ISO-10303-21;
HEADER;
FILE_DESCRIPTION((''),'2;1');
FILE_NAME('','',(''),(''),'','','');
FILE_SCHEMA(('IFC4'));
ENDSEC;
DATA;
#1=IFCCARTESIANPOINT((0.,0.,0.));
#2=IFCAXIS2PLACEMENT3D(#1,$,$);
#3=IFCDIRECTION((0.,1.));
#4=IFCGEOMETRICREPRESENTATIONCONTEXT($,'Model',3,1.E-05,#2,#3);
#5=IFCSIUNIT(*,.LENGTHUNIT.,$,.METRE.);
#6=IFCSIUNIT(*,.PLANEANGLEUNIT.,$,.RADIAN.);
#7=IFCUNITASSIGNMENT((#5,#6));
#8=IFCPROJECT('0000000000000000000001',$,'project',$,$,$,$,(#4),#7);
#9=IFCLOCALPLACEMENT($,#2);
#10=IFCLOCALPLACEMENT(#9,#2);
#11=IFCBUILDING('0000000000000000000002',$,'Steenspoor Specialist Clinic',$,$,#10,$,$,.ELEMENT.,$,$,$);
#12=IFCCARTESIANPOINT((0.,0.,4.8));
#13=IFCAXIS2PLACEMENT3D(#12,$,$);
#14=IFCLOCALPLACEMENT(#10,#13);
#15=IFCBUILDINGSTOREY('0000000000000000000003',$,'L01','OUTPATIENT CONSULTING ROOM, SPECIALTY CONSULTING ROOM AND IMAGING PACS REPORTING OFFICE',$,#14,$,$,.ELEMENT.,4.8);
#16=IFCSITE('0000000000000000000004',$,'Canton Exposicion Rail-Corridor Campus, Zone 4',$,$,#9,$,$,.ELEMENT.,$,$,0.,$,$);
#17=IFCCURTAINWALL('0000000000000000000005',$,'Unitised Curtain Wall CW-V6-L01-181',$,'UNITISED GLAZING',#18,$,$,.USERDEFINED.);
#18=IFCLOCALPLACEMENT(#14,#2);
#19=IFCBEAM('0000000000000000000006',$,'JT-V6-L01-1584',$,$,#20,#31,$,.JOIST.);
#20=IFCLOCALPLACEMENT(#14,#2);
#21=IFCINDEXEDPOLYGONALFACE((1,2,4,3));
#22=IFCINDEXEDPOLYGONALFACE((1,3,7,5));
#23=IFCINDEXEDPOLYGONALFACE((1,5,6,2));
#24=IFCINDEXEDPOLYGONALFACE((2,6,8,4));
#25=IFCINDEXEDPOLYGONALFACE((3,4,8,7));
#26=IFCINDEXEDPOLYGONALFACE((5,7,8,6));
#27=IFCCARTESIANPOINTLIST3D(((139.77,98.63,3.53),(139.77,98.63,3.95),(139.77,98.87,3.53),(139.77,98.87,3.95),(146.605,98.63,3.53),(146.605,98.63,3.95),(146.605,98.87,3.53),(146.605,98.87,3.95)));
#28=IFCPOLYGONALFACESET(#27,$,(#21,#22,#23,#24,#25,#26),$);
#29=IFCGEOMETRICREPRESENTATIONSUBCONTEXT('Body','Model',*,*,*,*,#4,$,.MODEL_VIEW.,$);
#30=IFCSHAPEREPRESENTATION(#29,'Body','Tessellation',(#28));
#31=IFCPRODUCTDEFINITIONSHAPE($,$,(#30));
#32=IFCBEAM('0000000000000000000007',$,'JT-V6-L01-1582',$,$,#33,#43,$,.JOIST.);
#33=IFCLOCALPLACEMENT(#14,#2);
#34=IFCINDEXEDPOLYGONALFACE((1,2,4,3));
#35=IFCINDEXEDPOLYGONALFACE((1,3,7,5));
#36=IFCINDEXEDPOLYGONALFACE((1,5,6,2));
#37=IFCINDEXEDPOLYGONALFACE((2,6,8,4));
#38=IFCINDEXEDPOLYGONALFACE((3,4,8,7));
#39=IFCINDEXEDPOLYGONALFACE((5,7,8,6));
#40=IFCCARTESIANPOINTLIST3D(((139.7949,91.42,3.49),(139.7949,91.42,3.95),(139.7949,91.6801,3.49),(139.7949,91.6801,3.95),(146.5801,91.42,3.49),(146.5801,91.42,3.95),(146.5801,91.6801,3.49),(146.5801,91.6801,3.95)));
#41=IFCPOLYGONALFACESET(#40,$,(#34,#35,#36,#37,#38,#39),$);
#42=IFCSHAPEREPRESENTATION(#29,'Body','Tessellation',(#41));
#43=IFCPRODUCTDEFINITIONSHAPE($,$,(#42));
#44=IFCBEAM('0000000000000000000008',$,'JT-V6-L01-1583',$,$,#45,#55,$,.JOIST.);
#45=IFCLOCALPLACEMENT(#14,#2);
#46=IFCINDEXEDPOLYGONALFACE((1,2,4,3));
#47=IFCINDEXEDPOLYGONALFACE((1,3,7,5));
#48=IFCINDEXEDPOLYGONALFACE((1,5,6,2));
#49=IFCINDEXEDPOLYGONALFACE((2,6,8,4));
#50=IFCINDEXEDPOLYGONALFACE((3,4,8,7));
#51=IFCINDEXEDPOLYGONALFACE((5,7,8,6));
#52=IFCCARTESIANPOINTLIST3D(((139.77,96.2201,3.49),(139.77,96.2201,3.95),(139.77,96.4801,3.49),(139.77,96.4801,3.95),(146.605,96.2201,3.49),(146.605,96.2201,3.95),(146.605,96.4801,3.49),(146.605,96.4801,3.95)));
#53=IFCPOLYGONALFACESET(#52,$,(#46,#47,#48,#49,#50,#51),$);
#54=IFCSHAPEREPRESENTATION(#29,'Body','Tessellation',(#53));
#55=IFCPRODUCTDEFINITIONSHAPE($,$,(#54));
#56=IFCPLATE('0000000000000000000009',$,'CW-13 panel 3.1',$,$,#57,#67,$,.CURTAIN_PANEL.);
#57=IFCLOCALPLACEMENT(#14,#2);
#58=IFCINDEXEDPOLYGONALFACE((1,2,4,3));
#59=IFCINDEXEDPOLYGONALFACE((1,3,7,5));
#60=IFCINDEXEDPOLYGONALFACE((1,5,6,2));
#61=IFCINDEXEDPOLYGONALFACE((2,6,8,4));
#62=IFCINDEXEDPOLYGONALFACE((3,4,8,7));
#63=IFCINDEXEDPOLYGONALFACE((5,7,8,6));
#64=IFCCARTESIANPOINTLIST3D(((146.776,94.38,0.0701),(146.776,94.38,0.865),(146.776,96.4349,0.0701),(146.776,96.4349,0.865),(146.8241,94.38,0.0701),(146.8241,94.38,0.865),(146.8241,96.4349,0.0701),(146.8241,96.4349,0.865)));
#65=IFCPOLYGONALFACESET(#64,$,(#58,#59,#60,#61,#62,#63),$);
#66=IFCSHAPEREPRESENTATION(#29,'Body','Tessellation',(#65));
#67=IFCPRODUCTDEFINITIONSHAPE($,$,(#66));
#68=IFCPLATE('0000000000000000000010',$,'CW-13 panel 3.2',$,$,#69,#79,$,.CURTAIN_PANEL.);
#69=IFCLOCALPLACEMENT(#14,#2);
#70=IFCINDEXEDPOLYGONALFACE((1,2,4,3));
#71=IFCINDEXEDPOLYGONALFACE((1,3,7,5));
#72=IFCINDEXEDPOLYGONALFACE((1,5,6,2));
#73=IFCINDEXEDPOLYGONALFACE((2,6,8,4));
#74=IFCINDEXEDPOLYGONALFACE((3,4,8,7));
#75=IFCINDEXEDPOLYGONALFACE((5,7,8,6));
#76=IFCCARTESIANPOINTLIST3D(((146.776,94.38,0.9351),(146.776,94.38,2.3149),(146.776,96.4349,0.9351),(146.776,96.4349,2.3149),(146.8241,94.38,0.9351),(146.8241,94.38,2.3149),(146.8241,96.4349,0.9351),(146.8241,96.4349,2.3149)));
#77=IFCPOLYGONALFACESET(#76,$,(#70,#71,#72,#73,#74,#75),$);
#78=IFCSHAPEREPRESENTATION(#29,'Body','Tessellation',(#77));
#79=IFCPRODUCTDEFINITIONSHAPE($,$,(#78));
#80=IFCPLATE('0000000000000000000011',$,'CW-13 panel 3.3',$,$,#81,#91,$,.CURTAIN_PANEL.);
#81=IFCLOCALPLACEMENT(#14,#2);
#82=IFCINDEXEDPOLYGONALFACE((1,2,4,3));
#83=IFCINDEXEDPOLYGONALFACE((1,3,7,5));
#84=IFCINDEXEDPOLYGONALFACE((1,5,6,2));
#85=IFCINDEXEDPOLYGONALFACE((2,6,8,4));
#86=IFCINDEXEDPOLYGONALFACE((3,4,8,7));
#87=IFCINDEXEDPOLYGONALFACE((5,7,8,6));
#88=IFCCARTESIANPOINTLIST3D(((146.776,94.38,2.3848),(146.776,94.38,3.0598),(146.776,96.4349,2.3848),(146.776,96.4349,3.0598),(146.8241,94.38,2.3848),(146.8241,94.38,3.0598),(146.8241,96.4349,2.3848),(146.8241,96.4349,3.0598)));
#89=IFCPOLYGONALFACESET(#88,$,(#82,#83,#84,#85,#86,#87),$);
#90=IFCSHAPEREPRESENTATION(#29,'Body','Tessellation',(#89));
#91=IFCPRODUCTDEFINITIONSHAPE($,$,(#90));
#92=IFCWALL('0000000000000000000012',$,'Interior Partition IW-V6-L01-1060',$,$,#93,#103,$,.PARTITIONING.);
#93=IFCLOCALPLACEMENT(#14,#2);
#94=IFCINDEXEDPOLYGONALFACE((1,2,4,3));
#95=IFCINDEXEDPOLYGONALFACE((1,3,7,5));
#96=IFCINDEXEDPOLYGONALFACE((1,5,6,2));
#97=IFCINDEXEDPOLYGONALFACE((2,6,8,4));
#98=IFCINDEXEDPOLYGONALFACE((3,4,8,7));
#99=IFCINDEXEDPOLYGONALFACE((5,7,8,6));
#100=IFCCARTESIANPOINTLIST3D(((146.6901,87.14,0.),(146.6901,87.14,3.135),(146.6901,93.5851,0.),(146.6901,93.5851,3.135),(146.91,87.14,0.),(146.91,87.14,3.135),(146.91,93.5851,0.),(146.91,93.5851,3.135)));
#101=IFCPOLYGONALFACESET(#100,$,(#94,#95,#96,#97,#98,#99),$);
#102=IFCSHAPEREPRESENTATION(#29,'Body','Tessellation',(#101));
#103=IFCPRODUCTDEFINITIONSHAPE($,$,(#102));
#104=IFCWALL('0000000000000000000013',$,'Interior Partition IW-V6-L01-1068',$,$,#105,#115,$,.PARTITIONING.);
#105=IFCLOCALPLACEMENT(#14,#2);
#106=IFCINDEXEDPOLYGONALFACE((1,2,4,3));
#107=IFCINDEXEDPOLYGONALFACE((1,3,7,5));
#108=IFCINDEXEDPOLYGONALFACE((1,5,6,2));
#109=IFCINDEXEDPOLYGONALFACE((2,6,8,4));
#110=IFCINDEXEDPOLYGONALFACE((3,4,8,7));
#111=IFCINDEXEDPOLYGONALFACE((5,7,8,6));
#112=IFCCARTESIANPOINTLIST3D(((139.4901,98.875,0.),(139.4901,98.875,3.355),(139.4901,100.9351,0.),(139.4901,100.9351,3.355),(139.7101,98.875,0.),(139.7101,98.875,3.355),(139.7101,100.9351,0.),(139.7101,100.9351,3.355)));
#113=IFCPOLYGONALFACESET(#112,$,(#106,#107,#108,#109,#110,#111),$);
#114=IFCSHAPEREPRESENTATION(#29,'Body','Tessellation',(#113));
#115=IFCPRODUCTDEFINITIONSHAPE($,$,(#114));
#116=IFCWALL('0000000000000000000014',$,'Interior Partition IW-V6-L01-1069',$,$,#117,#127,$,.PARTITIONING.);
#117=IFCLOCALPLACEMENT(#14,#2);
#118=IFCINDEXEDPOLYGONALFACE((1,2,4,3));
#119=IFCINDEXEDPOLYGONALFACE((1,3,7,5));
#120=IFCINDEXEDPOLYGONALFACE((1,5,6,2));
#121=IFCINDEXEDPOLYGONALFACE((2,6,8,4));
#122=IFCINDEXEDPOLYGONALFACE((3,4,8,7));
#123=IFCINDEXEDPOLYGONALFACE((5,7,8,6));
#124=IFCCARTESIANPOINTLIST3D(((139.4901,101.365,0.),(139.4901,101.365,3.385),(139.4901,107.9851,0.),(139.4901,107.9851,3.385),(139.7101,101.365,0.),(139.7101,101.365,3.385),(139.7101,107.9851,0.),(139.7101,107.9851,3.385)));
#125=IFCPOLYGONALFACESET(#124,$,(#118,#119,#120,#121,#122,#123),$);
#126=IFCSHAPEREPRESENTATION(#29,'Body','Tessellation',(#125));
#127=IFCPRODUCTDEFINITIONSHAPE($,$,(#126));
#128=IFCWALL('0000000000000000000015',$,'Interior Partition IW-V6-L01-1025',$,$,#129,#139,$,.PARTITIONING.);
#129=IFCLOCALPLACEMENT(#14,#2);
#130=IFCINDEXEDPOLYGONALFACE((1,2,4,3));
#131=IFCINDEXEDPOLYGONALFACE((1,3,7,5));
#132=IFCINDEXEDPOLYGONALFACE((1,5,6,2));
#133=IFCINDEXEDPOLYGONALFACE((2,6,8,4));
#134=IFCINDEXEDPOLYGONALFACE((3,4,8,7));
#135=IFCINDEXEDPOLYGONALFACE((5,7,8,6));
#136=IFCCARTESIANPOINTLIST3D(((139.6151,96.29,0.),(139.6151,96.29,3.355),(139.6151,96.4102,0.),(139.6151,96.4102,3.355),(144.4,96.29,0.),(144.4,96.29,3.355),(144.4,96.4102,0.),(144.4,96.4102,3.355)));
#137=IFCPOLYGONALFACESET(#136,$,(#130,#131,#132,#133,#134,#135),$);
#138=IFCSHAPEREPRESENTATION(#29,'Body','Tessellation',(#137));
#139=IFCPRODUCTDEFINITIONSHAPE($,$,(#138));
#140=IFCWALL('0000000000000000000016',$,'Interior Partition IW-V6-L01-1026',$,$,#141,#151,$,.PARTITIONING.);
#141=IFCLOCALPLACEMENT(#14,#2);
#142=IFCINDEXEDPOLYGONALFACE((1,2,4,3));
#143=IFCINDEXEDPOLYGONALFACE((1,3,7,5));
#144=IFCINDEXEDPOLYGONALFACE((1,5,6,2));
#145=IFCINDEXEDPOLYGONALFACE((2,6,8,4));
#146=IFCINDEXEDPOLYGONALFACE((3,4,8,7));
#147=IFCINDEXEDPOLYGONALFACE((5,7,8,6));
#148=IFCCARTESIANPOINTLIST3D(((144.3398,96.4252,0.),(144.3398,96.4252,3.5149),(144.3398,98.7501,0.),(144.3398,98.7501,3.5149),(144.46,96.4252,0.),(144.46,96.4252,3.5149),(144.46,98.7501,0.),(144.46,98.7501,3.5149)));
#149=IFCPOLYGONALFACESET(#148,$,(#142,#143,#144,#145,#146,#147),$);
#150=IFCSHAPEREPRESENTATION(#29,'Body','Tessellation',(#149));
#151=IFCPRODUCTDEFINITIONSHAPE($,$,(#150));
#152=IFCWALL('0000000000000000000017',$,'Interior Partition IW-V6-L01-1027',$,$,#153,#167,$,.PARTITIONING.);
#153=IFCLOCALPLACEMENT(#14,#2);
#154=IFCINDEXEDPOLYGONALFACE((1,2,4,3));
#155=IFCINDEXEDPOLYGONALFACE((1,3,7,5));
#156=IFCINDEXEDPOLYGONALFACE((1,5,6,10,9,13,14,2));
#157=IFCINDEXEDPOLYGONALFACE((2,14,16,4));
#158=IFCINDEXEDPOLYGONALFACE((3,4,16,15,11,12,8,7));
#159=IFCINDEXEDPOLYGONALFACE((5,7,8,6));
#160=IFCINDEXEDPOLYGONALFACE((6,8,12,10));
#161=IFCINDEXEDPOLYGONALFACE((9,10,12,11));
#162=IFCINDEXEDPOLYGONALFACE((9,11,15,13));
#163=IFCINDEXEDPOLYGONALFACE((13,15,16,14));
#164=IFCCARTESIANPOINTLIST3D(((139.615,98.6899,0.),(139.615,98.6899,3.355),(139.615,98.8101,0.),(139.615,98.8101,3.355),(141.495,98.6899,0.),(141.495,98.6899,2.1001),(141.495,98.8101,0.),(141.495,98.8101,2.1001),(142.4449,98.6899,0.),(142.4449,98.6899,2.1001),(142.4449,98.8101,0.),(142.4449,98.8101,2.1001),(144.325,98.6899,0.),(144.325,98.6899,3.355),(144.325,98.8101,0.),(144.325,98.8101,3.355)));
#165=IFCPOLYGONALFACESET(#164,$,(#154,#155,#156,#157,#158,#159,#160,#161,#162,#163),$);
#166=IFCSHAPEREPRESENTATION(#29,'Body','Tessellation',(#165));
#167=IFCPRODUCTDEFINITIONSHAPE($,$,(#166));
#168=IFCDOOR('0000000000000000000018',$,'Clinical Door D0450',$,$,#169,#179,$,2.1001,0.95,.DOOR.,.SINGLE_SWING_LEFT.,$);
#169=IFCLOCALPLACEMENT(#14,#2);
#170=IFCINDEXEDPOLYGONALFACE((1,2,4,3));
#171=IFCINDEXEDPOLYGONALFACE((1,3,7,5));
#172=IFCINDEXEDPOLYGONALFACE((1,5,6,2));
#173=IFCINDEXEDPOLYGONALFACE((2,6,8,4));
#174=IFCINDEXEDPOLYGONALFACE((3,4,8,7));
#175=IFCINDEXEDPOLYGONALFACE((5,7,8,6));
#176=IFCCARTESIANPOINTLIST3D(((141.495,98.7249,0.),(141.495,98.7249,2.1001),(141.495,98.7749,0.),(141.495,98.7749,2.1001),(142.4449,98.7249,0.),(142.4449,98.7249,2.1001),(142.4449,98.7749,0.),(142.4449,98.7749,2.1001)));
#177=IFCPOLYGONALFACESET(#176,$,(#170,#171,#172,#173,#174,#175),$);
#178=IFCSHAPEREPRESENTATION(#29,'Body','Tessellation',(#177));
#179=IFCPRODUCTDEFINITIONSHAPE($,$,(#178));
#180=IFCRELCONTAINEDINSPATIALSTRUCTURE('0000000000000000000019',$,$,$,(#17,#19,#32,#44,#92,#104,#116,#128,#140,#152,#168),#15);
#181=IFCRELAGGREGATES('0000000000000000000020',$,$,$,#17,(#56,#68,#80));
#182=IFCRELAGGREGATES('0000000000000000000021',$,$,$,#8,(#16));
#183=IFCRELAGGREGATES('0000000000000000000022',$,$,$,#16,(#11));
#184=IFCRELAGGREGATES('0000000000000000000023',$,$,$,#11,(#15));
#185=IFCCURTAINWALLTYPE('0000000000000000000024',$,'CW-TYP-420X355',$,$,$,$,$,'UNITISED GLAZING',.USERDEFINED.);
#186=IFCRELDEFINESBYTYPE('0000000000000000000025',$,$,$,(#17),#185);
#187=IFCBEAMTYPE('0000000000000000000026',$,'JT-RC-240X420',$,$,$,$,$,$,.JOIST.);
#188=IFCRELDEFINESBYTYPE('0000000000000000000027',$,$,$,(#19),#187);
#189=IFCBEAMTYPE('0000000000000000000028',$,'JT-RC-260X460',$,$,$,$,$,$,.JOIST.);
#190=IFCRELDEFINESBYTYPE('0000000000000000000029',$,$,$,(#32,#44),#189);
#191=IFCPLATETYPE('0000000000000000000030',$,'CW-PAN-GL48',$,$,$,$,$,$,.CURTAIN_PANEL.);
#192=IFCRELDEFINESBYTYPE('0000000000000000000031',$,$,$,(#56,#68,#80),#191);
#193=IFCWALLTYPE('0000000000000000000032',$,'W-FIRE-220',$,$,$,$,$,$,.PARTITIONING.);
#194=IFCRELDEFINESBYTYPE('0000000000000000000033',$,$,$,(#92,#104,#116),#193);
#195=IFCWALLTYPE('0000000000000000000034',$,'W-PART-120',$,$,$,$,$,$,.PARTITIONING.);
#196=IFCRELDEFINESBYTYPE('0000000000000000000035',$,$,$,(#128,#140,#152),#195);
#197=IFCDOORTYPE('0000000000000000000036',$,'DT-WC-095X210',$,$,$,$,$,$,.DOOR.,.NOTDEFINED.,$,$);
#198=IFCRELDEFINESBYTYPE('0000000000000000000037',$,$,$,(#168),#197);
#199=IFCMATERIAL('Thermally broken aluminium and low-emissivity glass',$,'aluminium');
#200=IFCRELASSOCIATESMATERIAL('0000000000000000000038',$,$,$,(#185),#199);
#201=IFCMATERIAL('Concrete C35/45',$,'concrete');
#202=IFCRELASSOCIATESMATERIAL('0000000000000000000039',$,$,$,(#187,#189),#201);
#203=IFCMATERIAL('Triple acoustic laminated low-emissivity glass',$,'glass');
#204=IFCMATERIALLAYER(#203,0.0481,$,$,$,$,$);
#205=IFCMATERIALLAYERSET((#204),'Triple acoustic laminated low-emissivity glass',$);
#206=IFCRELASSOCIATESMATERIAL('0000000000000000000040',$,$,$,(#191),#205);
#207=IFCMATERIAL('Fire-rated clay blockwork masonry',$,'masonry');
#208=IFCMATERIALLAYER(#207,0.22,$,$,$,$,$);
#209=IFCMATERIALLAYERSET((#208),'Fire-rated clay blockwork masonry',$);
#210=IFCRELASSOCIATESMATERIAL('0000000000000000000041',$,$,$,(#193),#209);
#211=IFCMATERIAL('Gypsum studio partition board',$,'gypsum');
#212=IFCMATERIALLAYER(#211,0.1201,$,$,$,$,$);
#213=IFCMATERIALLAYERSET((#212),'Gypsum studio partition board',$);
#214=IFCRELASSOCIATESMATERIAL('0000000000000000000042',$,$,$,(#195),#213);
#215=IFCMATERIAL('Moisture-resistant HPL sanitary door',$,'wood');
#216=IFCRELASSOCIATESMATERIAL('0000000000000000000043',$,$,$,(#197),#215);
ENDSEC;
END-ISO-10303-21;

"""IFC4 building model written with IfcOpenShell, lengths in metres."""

from ifc_helpers import new_model, si_unit, direction, frame, frame_2d, origin, origin_2d, place, context, subcontext, project, spatial, rectangle, extrude, material, layer, layer_set, material_profile, profile_set, type_object, element, fill, aggregate, save


model = new_model("IFC4")

# Units and contexts
model_context = context("Model", 3, precision=1e-05, world=origin(), true_north=direction((0.0, 1.0)))
body_context = subcontext(model_context, "Body", "Model", "MODEL_VIEW")
ifc_project = project(units=[si_unit("LENGTHUNIT", "METRE"), si_unit("PLANEANGLEUNIT", "RADIAN")], contexts=[model_context])

# Site, building, storey
site_placement = place(None, origin())
site = spatial("IfcSite", under=ifc_project, at=site_placement, Name="Canton Exposicion Rail-Corridor Campus, Zone 4", CompositionType="ELEMENT", RefElevation=0.0)
building_placement = place(site_placement, origin())
building = spatial("IfcBuilding", under=site, at=building_placement, Name="Steenspoor Specialist Clinic", CompositionType="ELEMENT")
storey_placement = place(building_placement, frame((0.0, 0.0, 4.8)))
storey = spatial("IfcBuildingStorey", under=building, at=storey_placement, Name="L01", Description="OUTPATIENT CONSULTING ROOM, SPECIALTY CONSULTING ROOM AND IMAGING PACS REPORTING OFFICE", CompositionType="ELEMENT", Elevation=4.8)

# Shared definitions
ifc_material_1 = material(Name="Concrete C35/45", Category="concrete")

# Curtain wall
ifc_material_2 = material(Name="Thermally broken aluminium and low-emissivity glass", Category="aluminium")
curtain_wall_type = type_object("IfcCurtainWallType", Name="CW-TYP-420X355", ElementType="UNITISED GLAZING", PredefinedType="USERDEFINED", material=ifc_material_2)
curtain_wall_placement = place(storey_placement, origin())
curtain_wall = element("IfcCurtainWall", 1, at=curtain_wall_placement, inside=storey, type_object=curtain_wall_type, Name="Unitised Curtain Wall CW-V6-L01-181", ObjectType="UNITISED GLAZING", PredefinedType="USERDEFINED")

# Beams
ifc_material_profile_1 = material_profile(ifc_material_1, rectangle(XDim=0.24, YDim=0.4199, at=origin_2d()), Name="RC-JT-240X420")
ifc_profile_set_1 = profile_set([ifc_material_profile_1], Name="Concrete C35/45")
beam_type_1 = type_object("IfcBeamType", Name="JT-RC-240X420", PredefinedType="JOIST", material=ifc_profile_set_1)
beam_1_placement = place(storey_placement, frame((139.77, 98.75, 3.74), z_axis=(1.0, 0.0, 0.0), x_axis=(0.0, 1.0, 0.0)))
element("IfcBeam", 2, at=beam_1_placement, inside=storey, type_object=beam_type_1, Name="JT-V6-L01-1584", PredefinedType="JOIST", context=body_context, shape_type="SweptSolid", body=[
    extrude(rectangle(XDim=0.24, YDim=0.4199, at=origin_2d()), origin(), (0.0, 0.0, 1.0), 6.835),
])
ifc_material_profile_2 = material_profile(ifc_material_1, rectangle(XDim=0.26, YDim=0.46, at=origin_2d()), Name="RC-JT-260X460")
ifc_profile_set_2 = profile_set([ifc_material_profile_2], Name="Concrete C35/45")
beam_type_2 = type_object("IfcBeamType", Name="JT-RC-260X460", PredefinedType="JOIST", material=ifc_profile_set_2)
beam_2_placement = place(storey_placement, frame((139.7949, 91.55, 3.72), z_axis=(1.0, 0.0, 0.0), x_axis=(0.0, 1.0, 0.0)))
element("IfcBeam", 3, at=beam_2_placement, inside=storey, type_object=beam_type_2, Name="JT-V6-L01-1582", PredefinedType="JOIST", context=body_context, shape_type="SweptSolid", body=[
    extrude(rectangle(XDim=0.26, YDim=0.46, at=origin_2d()), origin(), (0.0, 0.0, 1.0), 6.7852),
])
beam_3_placement = place(storey_placement, frame((139.77, 96.3501, 3.72), z_axis=(1.0, 0.0, 0.0), x_axis=(0.0, 1.0, 0.0)))
element("IfcBeam", 4, at=beam_3_placement, inside=storey, type_object=beam_type_2, Name="JT-V6-L01-1583", PredefinedType="JOIST", context=body_context, shape_type="SweptSolid", body=[
    extrude(rectangle(XDim=0.26, YDim=0.46, at=origin_2d()), origin(), (0.0, 0.0, 1.0), 6.835),
])

# Plates
ifc_material_3 = material(Name="Triple acoustic laminated low-emissivity glass", Category="glass")
ifc_layer_1 = layer(ifc_material_3, 0.0481)
ifc_layer_set_1 = layer_set([ifc_layer_1], Name="Triple acoustic laminated low-emissivity glass")
plate_type = type_object("IfcPlateType", Name="CW-PAN-GL48", PredefinedType="CURTAIN_PANEL", material=ifc_layer_set_1)
plate_1_placement = place(storey_placement, frame((146.8, 95.4075, 0.0701), z_axis=(0.0, 0.0, 1.0), x_axis=(0.0, -1.0, 0.0)))
plate_1 = element("IfcPlate", 5, at=plate_1_placement, type_object=plate_type, Name="CW-13 panel 3.1", PredefinedType="CURTAIN_PANEL", context=body_context, shape_type="SweptSolid", body=[
    extrude(rectangle(XDim=2.0549, YDim=0.0481, at=origin_2d()), origin(), (0.0, 0.0, 1.0), 0.7949),
])
plate_2_placement = place(storey_placement, frame((146.8, 95.4075, 0.9351), z_axis=(0.0, 0.0, 1.0), x_axis=(0.0, -1.0, 0.0)))
plate_2 = element("IfcPlate", 6, at=plate_2_placement, type_object=plate_type, Name="CW-13 panel 3.2", PredefinedType="CURTAIN_PANEL", context=body_context, shape_type="SweptSolid", body=[
    extrude(rectangle(XDim=2.0549, YDim=0.0481, at=origin_2d()), origin(), (0.0, 0.0, 1.0), 1.3799),
])
plate_3_placement = place(storey_placement, frame((146.8, 95.4075, 2.3848), z_axis=(0.0, 0.0, 1.0), x_axis=(0.0, -1.0, 0.0)))
plate_3 = element("IfcPlate", 7, at=plate_3_placement, type_object=plate_type, Name="CW-13 panel 3.3", PredefinedType="CURTAIN_PANEL", context=body_context, shape_type="SweptSolid", body=[
    extrude(rectangle(XDim=2.0549, YDim=0.0481, at=origin_2d()), origin(), (0.0, 0.0, 1.0), 0.675),
])
aggregate(curtain_wall, [plate_1, plate_2, plate_3])

# Walls
ifc_material_4 = material(Name="Fire-rated clay blockwork masonry", Category="masonry")
ifc_layer_2 = layer(ifc_material_4, 0.22)
ifc_layer_set_2 = layer_set([ifc_layer_2], Name="Fire-rated clay blockwork masonry")
wall_type_1 = type_object("IfcWallType", Name="W-FIRE-220", PredefinedType="PARTITIONING", material=ifc_layer_set_2)
wall_1_placement = place(storey_placement, frame((146.8, 87.1399, 0.0), z_axis=(0.0, 0.0, 1.0), x_axis=(0.0, 1.0, 0.0)))
element("IfcWall", 8, at=wall_1_placement, inside=storey, type_object=wall_type_1, Name="Interior Partition IW-V6-L01-1060", PredefinedType="PARTITIONING", context=body_context, shape_type="SweptSolid", body=[
    extrude(rectangle(XDim=6.4451, YDim=0.22, at=frame_2d((3.2227, 0.0))), origin(), (0.0, 0.0, 1.0), 3.135),
])
wall_2_placement = place(storey_placement, frame((139.6001, 98.875, 0.0), z_axis=(0.0, 0.0, 1.0), x_axis=(0.0, 1.0, 0.0)))
element("IfcWall", 9, at=wall_2_placement, inside=storey, type_object=wall_type_1, Name="Interior Partition IW-V6-L01-1068", PredefinedType="PARTITIONING", context=body_context, shape_type="SweptSolid", body=[
    extrude(rectangle(XDim=2.0601, YDim=0.22, at=frame_2d((1.03, 0.0))), origin(), (0.0, 0.0, 1.0), 3.355),
])
wall_3_placement = place(storey_placement, frame((139.6001, 101.365, 0.0), z_axis=(0.0, 0.0, 1.0), x_axis=(0.0, 1.0, 0.0)))
element("IfcWall", 10, at=wall_3_placement, inside=storey, type_object=wall_type_1, Name="Interior Partition IW-V6-L01-1069", PredefinedType="PARTITIONING", context=body_context, shape_type="SweptSolid", body=[
    extrude(rectangle(XDim=6.6201, YDim=0.22, at=frame_2d((3.3101, 0.0))), origin(), (0.0, 0.0, 1.0), 3.385),
])
ifc_material_5 = material(Name="Gypsum studio partition board", Category="gypsum")
ifc_layer_3 = layer(ifc_material_5, 0.1201)
ifc_layer_set_3 = layer_set([ifc_layer_3], Name="Gypsum studio partition board")
wall_type_2 = type_object("IfcWallType", Name="W-PART-120", PredefinedType="PARTITIONING", material=ifc_layer_set_3)
wall_4_placement = place(storey_placement, frame((139.615, 96.3501, 0.0), z_axis=(0.0, 0.0, 1.0), x_axis=(1.0, 0.0, 0.0)))
element("IfcWall", 11, at=wall_4_placement, inside=storey, type_object=wall_type_2, Name="Interior Partition IW-V6-L01-1025", PredefinedType="PARTITIONING", context=body_context, shape_type="SweptSolid", body=[
    extrude(rectangle(XDim=4.7849, YDim=0.1201, at=frame_2d((2.3926, 0.0))), origin(), (0.0, 0.0, 1.0), 3.355),
])
wall_5_placement = place(storey_placement, frame((144.3999, 96.425, 0.0), z_axis=(0.0, 0.0, 1.0), x_axis=(0.0, 1.0, 0.0)))
element("IfcWall", 12, at=wall_5_placement, inside=storey, type_object=wall_type_2, Name="Interior Partition IW-V6-L01-1026", PredefinedType="PARTITIONING", context=body_context, shape_type="SweptSolid", body=[
    extrude(rectangle(XDim=2.325, YDim=0.1201, at=frame_2d((1.1626, 0.0))), origin(), (0.0, 0.0, 1.0), 3.5149),
])

# Wall, opening, door
wall_6_placement = place(storey_placement, frame((139.615, 98.75, 0.0), z_axis=(0.0, 0.0, 1.0), x_axis=(1.0, 0.0, 0.0)))
wall_6 = element("IfcWall", 13, at=wall_6_placement, inside=storey, type_object=wall_type_2, Name="Interior Partition IW-V6-L01-1027", PredefinedType="PARTITIONING", context=body_context, shape_type="SweptSolid", body=[
    extrude(rectangle(XDim=4.71, YDim=0.1201, at=frame_2d((2.355, 0.0))), origin(), (0.0, 0.0, 1.0), 3.355),
])
opening_placement = place(wall_6_placement, frame((1.8799, 0.0, 0.0)))
opening = element("IfcOpeningElement", 14, at=opening_placement, cuts=wall_6, PredefinedType="OPENING", context=body_context, shape_type="SweptSolid", body=[
    extrude(rectangle(XDim=0.95, YDim=2.1001, at=frame_2d((0.4751, 1.05))), frame((0.0, 0.0701, 0.0), z_axis=(0.0, -1.0, 0.0), x_axis=(1.0, 0.0, 0.0)), (0.0, 0.0, 1.0), 0.1401),
])
ifc_material_6 = material(Name="Moisture-resistant HPL sanitary door", Category="wood")
door_type = type_object("IfcDoorType", Name="DT-WC-095X210", OperationType="NOTDEFINED", PredefinedType="DOOR", material=ifc_material_6)
door_placement = place(opening_placement, origin())
door = element("IfcDoor", 15, at=door_placement, inside=storey, type_object=door_type, Name="Clinical Door D0450", OperationType="SINGLE_SWING_LEFT", OverallHeight=2.1001, OverallWidth=0.95, PredefinedType="DOOR", context=body_context, shape_type="SweptSolid", body=[
    extrude(rectangle(XDim=0.95, YDim=2.1001, at=frame_2d((0.4751, 1.05))), frame((0.0, 0.0249, 0.0), z_axis=(0.0, -1.0, 0.0), x_axis=(1.0, 0.0, 0.0)), (0.0, 0.0, 1.0), 0.05),
])
fill(opening, door)

save(model, "model.ifc")
